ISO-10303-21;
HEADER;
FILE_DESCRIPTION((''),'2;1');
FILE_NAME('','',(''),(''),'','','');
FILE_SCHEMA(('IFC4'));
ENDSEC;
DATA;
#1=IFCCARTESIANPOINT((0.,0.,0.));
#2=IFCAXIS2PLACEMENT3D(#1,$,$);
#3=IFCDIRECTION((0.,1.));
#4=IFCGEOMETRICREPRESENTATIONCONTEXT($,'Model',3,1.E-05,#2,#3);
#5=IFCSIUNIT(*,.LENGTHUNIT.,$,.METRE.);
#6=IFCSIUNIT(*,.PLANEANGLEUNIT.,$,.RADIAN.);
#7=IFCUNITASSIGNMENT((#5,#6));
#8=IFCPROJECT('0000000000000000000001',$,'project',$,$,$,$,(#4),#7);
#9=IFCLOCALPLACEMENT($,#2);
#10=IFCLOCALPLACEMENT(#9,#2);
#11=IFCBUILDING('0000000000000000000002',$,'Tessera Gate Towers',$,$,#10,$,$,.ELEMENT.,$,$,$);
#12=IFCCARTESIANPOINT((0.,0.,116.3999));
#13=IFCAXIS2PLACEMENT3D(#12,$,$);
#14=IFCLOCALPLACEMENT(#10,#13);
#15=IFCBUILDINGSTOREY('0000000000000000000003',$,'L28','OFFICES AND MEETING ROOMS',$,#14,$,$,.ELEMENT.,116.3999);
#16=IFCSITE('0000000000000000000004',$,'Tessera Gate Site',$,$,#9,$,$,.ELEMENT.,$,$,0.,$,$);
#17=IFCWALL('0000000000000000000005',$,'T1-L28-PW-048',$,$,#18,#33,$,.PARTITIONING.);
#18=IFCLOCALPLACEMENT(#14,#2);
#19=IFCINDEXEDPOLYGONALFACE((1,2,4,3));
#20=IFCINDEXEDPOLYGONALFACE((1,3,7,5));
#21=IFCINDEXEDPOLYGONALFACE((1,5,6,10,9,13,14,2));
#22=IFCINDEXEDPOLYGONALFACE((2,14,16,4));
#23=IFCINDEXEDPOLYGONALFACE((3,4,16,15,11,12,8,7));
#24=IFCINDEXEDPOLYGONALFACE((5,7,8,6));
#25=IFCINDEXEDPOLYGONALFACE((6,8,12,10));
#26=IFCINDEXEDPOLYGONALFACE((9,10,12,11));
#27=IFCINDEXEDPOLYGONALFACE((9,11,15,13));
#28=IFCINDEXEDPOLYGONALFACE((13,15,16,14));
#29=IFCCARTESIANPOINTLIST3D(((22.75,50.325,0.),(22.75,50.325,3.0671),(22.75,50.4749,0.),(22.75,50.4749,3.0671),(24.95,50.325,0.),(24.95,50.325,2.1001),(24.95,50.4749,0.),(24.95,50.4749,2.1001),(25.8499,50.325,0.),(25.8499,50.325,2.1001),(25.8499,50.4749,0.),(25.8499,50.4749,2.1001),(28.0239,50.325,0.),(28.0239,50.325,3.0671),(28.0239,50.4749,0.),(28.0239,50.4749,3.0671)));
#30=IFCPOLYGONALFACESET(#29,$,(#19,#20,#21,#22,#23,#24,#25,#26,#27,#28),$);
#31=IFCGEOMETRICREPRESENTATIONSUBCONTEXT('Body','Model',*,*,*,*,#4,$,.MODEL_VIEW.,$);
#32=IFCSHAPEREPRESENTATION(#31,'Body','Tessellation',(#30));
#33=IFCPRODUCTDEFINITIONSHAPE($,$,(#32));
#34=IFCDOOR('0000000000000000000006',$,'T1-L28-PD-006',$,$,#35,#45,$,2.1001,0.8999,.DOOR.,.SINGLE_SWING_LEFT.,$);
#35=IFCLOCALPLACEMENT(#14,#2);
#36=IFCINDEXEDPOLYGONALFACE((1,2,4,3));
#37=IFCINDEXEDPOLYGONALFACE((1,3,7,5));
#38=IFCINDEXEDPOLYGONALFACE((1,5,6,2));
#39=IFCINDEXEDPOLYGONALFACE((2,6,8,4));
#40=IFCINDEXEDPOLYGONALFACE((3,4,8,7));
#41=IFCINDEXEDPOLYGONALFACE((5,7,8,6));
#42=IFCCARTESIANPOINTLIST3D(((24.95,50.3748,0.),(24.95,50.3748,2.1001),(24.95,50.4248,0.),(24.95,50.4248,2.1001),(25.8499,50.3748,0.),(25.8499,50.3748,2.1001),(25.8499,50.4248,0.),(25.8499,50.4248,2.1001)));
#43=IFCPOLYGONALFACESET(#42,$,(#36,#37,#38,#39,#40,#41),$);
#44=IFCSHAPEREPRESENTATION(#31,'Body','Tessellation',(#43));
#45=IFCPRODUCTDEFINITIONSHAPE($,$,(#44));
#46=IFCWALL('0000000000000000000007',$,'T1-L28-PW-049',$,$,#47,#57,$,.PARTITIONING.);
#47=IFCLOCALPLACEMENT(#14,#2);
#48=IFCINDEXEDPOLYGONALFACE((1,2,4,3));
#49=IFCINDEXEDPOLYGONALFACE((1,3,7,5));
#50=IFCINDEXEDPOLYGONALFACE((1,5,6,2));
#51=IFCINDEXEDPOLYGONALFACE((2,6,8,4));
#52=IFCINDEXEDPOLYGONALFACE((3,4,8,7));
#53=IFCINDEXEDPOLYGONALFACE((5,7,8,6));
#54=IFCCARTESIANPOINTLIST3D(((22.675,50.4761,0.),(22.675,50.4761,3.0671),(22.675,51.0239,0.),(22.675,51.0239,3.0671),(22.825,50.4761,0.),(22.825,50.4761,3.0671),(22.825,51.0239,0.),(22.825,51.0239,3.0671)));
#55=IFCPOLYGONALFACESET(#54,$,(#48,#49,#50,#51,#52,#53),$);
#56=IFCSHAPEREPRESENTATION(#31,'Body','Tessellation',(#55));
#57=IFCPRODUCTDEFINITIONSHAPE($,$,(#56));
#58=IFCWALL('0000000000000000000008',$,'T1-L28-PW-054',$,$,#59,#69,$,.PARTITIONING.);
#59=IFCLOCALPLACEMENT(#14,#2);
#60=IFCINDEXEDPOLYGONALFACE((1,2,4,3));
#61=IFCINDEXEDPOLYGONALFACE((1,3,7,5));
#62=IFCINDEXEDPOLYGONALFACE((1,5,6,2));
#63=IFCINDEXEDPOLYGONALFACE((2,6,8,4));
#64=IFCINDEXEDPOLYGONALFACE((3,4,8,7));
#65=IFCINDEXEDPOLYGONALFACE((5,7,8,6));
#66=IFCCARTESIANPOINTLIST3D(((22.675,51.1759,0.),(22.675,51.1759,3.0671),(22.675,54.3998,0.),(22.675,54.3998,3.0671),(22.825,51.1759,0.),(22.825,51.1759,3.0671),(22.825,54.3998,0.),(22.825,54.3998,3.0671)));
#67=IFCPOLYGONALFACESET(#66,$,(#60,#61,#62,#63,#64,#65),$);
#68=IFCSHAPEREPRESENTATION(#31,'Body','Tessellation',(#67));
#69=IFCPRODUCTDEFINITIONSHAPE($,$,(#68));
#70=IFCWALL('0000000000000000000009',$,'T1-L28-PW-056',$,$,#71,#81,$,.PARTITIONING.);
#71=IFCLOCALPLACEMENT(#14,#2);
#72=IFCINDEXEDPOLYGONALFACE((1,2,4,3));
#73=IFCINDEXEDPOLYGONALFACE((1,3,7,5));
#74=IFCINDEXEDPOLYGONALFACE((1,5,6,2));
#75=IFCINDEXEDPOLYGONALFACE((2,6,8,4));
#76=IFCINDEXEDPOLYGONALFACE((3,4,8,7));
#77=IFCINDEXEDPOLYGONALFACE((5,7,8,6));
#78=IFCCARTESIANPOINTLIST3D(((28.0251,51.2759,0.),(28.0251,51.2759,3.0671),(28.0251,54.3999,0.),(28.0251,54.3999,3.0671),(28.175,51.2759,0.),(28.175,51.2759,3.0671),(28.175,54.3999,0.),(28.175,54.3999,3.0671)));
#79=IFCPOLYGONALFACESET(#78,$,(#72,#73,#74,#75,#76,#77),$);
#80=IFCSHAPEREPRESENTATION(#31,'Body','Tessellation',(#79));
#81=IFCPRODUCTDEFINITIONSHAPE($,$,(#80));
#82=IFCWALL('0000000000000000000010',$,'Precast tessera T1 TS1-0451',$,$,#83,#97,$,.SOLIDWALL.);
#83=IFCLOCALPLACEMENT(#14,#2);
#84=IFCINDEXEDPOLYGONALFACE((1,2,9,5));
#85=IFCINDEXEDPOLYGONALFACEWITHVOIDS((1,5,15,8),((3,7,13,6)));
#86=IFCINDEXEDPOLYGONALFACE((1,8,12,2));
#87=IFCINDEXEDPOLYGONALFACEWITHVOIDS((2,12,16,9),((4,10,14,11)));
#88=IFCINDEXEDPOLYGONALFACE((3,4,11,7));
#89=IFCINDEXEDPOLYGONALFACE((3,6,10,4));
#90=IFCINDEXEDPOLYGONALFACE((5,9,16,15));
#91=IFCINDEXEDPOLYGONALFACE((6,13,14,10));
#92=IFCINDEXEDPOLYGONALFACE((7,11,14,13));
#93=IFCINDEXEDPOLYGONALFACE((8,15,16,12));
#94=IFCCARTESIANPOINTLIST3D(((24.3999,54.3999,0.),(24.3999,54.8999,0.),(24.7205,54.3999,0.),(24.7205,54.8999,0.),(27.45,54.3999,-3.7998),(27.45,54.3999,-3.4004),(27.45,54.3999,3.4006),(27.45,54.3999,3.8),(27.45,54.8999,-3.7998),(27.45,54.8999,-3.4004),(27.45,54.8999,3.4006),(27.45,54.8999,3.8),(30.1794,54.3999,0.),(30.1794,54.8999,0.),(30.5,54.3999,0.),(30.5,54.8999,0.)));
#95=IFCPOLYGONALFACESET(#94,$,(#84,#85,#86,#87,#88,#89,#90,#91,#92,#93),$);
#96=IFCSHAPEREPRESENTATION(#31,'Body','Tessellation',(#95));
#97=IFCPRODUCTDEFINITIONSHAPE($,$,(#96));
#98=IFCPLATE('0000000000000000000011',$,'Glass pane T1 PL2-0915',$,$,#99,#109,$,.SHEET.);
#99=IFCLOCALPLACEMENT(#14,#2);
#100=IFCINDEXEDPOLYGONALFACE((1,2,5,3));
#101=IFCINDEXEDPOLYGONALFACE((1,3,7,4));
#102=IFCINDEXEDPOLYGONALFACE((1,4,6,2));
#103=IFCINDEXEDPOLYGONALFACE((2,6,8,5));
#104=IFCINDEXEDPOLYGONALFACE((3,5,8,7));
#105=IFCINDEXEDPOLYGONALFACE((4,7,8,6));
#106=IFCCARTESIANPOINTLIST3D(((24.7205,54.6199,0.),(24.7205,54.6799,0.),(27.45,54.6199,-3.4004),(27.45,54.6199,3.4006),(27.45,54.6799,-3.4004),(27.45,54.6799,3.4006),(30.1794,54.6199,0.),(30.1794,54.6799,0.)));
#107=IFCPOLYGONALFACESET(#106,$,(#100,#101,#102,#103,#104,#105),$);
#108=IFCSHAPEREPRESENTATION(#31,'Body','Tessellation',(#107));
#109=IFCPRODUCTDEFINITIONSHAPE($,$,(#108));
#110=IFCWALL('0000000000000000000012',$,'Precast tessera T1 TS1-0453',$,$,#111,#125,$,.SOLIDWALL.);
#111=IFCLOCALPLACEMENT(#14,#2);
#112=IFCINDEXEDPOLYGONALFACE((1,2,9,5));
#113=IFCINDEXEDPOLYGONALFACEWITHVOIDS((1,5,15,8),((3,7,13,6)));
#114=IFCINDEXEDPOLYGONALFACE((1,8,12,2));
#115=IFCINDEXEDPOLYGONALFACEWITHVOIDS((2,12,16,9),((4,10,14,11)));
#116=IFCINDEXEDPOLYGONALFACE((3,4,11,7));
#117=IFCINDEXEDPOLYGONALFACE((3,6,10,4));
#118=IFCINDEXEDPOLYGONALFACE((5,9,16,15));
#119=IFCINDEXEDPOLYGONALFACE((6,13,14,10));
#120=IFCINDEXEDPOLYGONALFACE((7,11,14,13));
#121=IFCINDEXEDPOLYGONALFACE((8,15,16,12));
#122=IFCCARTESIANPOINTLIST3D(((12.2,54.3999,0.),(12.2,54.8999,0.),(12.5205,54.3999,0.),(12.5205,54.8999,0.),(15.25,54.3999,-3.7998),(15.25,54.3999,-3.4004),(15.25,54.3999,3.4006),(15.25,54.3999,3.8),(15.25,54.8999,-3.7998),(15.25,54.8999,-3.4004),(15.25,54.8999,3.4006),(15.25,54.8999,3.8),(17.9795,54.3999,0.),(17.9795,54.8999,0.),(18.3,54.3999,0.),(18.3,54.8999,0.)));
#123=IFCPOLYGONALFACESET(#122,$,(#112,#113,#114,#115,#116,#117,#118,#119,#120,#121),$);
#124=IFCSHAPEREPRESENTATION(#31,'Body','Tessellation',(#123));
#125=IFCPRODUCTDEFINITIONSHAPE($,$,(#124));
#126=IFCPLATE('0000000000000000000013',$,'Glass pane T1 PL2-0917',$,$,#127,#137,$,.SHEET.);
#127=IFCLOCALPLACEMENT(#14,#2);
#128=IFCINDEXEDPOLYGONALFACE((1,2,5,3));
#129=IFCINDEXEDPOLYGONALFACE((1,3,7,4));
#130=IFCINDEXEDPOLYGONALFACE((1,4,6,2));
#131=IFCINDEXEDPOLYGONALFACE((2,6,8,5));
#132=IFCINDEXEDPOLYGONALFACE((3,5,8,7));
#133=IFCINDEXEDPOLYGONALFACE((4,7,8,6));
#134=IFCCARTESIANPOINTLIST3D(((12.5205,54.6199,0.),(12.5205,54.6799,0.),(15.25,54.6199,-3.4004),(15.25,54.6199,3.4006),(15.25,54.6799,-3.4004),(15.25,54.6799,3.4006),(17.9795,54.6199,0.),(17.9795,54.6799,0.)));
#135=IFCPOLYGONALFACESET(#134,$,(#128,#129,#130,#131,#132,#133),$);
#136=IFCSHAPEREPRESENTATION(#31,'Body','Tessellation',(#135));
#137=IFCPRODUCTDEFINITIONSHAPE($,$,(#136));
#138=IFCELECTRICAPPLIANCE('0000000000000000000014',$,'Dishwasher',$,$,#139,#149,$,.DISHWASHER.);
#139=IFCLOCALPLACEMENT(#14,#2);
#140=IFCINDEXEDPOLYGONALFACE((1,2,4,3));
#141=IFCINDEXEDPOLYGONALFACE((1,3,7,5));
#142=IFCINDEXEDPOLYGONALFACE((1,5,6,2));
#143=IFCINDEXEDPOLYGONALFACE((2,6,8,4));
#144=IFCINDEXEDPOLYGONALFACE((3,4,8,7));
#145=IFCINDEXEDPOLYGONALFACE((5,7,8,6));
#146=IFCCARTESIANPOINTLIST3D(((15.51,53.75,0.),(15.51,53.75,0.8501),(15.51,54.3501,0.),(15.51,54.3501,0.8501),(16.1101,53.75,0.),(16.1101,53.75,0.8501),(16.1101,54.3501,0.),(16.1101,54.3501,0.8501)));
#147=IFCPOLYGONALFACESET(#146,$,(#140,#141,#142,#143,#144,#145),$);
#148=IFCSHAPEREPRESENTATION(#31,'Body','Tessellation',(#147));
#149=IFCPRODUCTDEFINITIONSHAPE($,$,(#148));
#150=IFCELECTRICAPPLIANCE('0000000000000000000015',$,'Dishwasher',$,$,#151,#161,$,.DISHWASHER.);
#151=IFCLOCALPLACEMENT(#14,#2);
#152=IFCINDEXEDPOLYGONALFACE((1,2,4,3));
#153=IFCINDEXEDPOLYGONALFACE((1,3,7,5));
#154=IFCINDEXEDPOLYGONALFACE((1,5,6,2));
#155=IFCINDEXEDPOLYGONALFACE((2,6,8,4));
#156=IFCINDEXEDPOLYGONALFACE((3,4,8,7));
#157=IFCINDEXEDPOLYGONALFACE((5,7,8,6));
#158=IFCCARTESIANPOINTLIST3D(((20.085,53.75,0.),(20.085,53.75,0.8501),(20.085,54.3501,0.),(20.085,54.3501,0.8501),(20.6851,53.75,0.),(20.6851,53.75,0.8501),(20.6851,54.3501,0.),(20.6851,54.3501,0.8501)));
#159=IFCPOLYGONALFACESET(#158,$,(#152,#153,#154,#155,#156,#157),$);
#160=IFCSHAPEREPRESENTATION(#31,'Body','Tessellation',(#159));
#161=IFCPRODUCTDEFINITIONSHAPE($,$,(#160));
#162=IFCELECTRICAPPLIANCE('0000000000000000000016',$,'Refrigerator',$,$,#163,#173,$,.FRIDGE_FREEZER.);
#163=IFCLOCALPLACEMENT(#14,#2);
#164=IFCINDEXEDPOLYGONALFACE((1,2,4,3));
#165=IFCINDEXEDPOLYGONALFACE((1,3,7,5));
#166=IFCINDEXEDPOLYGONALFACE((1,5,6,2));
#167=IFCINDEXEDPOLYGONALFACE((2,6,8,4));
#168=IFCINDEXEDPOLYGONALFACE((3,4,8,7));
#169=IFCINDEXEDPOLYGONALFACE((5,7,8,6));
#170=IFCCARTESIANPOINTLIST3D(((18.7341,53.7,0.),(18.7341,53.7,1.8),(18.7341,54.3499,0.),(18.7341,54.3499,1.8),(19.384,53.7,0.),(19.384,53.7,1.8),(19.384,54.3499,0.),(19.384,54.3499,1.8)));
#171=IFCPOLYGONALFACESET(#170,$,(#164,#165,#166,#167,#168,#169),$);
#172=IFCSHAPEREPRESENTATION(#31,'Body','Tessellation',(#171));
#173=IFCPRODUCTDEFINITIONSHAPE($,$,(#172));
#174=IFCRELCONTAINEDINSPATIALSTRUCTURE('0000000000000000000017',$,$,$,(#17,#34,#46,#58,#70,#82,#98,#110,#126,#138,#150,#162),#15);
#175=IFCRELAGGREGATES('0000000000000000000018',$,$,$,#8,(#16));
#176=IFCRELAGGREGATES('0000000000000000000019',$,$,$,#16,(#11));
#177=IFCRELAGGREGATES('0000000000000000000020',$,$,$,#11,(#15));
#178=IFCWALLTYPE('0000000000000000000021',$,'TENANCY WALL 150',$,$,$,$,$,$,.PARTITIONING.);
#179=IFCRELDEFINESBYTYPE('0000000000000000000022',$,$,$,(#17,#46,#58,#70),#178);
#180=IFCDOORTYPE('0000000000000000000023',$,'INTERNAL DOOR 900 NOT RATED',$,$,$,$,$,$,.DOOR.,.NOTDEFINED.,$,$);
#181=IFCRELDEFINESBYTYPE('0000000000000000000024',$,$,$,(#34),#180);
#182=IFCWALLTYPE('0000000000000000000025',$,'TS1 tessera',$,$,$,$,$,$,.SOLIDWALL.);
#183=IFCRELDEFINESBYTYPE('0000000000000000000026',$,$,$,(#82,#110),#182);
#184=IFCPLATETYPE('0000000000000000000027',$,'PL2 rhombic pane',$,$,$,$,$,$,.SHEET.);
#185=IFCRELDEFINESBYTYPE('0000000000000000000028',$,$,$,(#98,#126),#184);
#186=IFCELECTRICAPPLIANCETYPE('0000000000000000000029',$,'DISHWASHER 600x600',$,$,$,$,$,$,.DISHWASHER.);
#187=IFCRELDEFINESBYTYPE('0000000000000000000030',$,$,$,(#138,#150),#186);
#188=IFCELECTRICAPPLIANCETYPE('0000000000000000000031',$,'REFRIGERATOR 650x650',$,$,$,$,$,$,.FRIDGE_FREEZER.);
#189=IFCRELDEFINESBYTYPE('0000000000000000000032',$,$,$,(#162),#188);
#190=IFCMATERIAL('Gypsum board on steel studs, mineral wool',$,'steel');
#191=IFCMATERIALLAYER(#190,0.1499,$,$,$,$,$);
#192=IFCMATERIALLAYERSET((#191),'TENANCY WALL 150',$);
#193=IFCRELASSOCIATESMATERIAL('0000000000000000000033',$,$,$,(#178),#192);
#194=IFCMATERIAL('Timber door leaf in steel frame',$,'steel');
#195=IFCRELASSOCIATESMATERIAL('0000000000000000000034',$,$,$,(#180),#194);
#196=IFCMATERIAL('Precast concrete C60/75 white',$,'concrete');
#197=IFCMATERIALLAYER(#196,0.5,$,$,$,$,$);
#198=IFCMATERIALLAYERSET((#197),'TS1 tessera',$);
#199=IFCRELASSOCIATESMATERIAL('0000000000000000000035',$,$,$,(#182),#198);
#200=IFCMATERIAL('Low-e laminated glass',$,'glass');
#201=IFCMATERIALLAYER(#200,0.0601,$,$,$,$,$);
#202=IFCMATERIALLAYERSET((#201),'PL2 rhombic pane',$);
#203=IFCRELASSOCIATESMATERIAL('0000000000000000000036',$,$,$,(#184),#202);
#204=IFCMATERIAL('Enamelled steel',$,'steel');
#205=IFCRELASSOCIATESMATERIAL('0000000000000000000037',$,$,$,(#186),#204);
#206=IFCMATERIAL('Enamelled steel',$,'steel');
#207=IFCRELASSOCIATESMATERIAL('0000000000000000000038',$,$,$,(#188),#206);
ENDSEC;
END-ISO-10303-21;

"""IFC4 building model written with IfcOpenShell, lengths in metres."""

from ifc_helpers import new_model, si_unit, direction, frame, frame_2d, origin, origin_2d, place, context, subcontext, project, spatial, polyline, rectangle, outline, extrude, source, transform, mapped, material, layer, layer_set, type_object, element, fill, save


model = new_model("IFC4")

# Units and contexts
model_context = context("Model", 3, precision=1e-05, world=origin(), true_north=direction((0.0, 1.0)))
body_context = subcontext(model_context, "Body", "Model", "MODEL_VIEW")
ifc_project = project(units=[si_unit("LENGTHUNIT", "METRE"), si_unit("PLANEANGLEUNIT", "RADIAN")], contexts=[model_context])

# Site, building, storey
site_placement = place(None, origin())
site = spatial("IfcSite", under=ifc_project, at=site_placement, Name="Tessera Gate Site", CompositionType="ELEMENT", RefElevation=0.0)
building_placement = place(site_placement, origin())
building = spatial("IfcBuilding", under=site, at=building_placement, Name="Tessera Gate Towers", CompositionType="ELEMENT")
storey_placement = place(building_placement, frame((0.0, 0.0, 116.3999)))
storey = spatial("IfcBuildingStorey", under=building, at=storey_placement, Name="L28", Description="OFFICES AND MEETING ROOMS", CompositionType="ELEMENT", Elevation=116.3999)

# Shared definitions
shared_shape_1 = source(origin(), body_context, "Body", "SweptSolid", [
    extrude(rectangle(XDim=0.8999, YDim=2.1001, at=frame_2d((0.45, 1.05))), frame((0.0, 0.085, 0.0), z_axis=(0.0, -1.0, 0.0), x_axis=(1.0, 0.0, 0.0)), (0.0, 0.0, 1.0), 0.1699),
])
shared_shape_2 = source(origin(), body_context, "Body", "SweptSolid", [
    extrude(rectangle(XDim=0.8999, YDim=2.1001, at=frame_2d((0.45, 1.05))), frame((0.0, 0.0249, 0.0), z_axis=(0.0, -1.0, 0.0), x_axis=(1.0, 0.0, 0.0)), (0.0, 0.0, 1.0), 0.05),
])

# Wall, opening, door
ifc_material_1 = material(Name="Gypsum board on steel studs, mineral wool", Category="steel")
ifc_layer_1 = layer(ifc_material_1, 0.1499)
ifc_layer_set_1 = layer_set([ifc_layer_1], Name="TENANCY WALL 150")
wall_type_1 = type_object("IfcWallType", Name="TENANCY WALL 150", PredefinedType="PARTITIONING", material=ifc_layer_set_1)
wall_1_placement = place(storey_placement, frame((22.75, 50.3999, 0.0), z_axis=(0.0, 0.0, 1.0), x_axis=(1.0, 0.0, 0.0)))
wall_1 = element("IfcWall", 1, at=wall_1_placement, inside=storey, type_object=wall_type_1, Name="T1-L28-PW-048", PredefinedType="PARTITIONING", context=body_context, shape_type="SweptSolid", body=[
    extrude(rectangle(XDim=5.2739, YDim=0.1499, at=frame_2d((2.637, 0.0))), origin(), (0.0, 0.0, 1.0), 3.0671),
])
opening_1_placement = place(wall_1_placement, frame((2.2, 0.0, 0.0)))
opening_1 = element("IfcOpeningElement", 2, at=opening_1_placement, cuts=wall_1, PredefinedType="OPENING", context=body_context, shape_type="MappedRepresentation", body=[
    mapped(shared_shape_1, transform((0.0, 0.0, 0.0), scale=1.0)),
])
ifc_material_2 = material(Name="Timber door leaf in steel frame", Category="steel")
door_type_1 = type_object("IfcDoorType", Name="INTERNAL DOOR 900 NOT RATED", OperationType="NOTDEFINED", PredefinedType="DOOR", material=ifc_material_2)
door_1_placement = place(opening_1_placement, origin())
door_1 = element("IfcDoor", 3, at=door_1_placement, inside=storey, type_object=door_type_1, Name="T1-L28-PD-006", OperationType="SINGLE_SWING_LEFT", OverallHeight=2.1001, OverallWidth=0.8999, PredefinedType="DOOR", context=body_context, shape_type="MappedRepresentation", body=[
    mapped(shared_shape_2, transform((0.0, 0.0, 0.0), scale=1.0)),
])
fill(opening_1, door_1)

# Walls
wall_2_placement = place(storey_placement, frame((22.75, 50.4761, 0.0), z_axis=(0.0, 0.0, 1.0), x_axis=(0.0, 1.0, 0.0)))
element("IfcWall", 4, at=wall_2_placement, inside=storey, type_object=wall_type_1, Name="T1-L28-PW-049", PredefinedType="PARTITIONING", context=body_context, shape_type="SweptSolid", body=[
    extrude(rectangle(XDim=0.5479, YDim=0.1499, at=frame_2d((0.2739, 0.0))), origin(), (0.0, 0.0, 1.0), 3.0671),
])
wall_3_placement = place(storey_placement, frame((22.75, 51.176, 0.0), z_axis=(0.0, 0.0, 1.0), x_axis=(0.0, 1.0, 0.0)))
element("IfcWall", 5, at=wall_3_placement, inside=storey, type_object=wall_type_1, Name="T1-L28-PW-054", PredefinedType="PARTITIONING", context=body_context, shape_type="SweptSolid", body=[
    extrude(rectangle(XDim=3.2239, YDim=0.1499, at=frame_2d((1.6118, 0.0))), origin(), (0.0, 0.0, 1.0), 3.0671),
])
wall_4_placement = place(storey_placement, frame((28.1001, 51.2759, 0.0), z_axis=(0.0, 0.0, 1.0), x_axis=(0.0, 1.0, 0.0)))
element("IfcWall", 6, at=wall_4_placement, inside=storey, type_object=wall_type_1, Name="T1-L28-PW-056", PredefinedType="PARTITIONING", context=body_context, shape_type="SweptSolid", body=[
    extrude(rectangle(XDim=3.124, YDim=0.1499, at=frame_2d((1.562, 0.0))), origin(), (0.0, 0.0, 1.0), 3.0671),
])

# Walls, openings, plates
ifc_material_3 = material(Name="Precast concrete C60/75 white", Category="concrete")
ifc_layer_2 = layer(ifc_material_3, 0.5)
ifc_layer_set_2 = layer_set([ifc_layer_2], Name="TS1 tessera")
wall_type_2 = type_object("IfcWallType", Name="TS1 tessera", PredefinedType="SOLIDWALL", material=ifc_layer_set_2)
shared_shape_3 = source(origin(), body_context, "Body", "SweptSolid", [
    extrude(outline(polyline([(3.05, 0.0), (6.1001, 3.7998), (3.05, 7.5999), (0.0, 3.7998), (3.05, 0.0)])), frame((0.0, 0.25, 0.0), z_axis=(0.0, -1.0, 0.0), x_axis=(1.0, 0.0, 0.0)), (0.0, 0.0, 1.0), 0.5),
])
wall_5_placement = place(storey_placement, frame((30.5, 54.6499, -3.7998), z_axis=(0.0, 0.0, 1.0), x_axis=(-1.0, 0.0, 0.0)))
wall_5 = element("IfcWall", 7, at=wall_5_placement, inside=storey, type_object=wall_type_2, Name="Precast tessera T1 TS1-0451", PredefinedType="SOLIDWALL", context=body_context, shape_type="MappedRepresentation", body=[
    mapped(shared_shape_3, transform((0.0, 0.0, 0.0), scale=1.0)),
])
shared_shape_4 = source(origin(), body_context, "Body", "SweptSolid", [
    extrude(outline(polyline([(3.05, 0.3994), (5.7795, 3.7998), (3.05, 7.2004), (0.3206, 3.7998), (3.05, 0.3994)])), frame((0.0, 0.26, 0.0), z_axis=(0.0, -1.0, 0.0), x_axis=(1.0, 0.0, 0.0)), (0.0, 0.0, 1.0), 0.52),
])
opening_2_placement = place(wall_5_placement, origin())
opening_2 = element("IfcOpeningElement", 8, at=opening_2_placement, cuts=wall_5, PredefinedType="OPENING", context=body_context, shape_type="MappedRepresentation", body=[
    mapped(shared_shape_4, transform((0.0, 0.0, 0.0), scale=1.0)),
])
ifc_material_4 = material(Name="Low-e laminated glass", Category="glass")
ifc_layer_3 = layer(ifc_material_4, 0.0601)
ifc_layer_set_3 = layer_set([ifc_layer_3], Name="PL2 rhombic pane")
plate_type = type_object("IfcPlateType", Name="PL2 rhombic pane", PredefinedType="SHEET", material=ifc_layer_set_3)
shared_shape_5 = source(origin(), body_context, "Body", "SweptSolid", [
    extrude(outline(polyline([(3.05, 0.3994), (5.7795, 3.7998), (3.05, 7.2004), (0.3206, 3.7998), (3.05, 0.3994)])), frame((0.0, 0.03, 0.0), z_axis=(0.0, -1.0, 0.0), x_axis=(1.0, 0.0, 0.0)), (0.0, 0.0, 1.0), 0.0601),
])
plate_1_placement = place(opening_2_placement, origin())
plate_1 = element("IfcPlate", 9, at=plate_1_placement, inside=storey, type_object=plate_type, Name="Glass pane T1 PL2-0915", PredefinedType="SHEET", context=body_context, shape_type="MappedRepresentation", body=[
    mapped(shared_shape_5, transform((0.0, 0.0, 0.0), scale=1.0)),
])
fill(opening_2, plate_1)
wall_6_placement = place(storey_placement, frame((18.3, 54.6499, -3.7998), z_axis=(0.0, 0.0, 1.0), x_axis=(-1.0, 0.0, 0.0)))
wall_6 = element("IfcWall", 10, at=wall_6_placement, inside=storey, type_object=wall_type_2, Name="Precast tessera T1 TS1-0453", PredefinedType="SOLIDWALL", context=body_context, shape_type="MappedRepresentation", body=[
    mapped(shared_shape_3, transform((0.0, 0.0, 0.0), scale=1.0)),
])
opening_3_placement = place(wall_6_placement, origin())
opening_3 = element("IfcOpeningElement", 11, at=opening_3_placement, cuts=wall_6, PredefinedType="OPENING", context=body_context, shape_type="MappedRepresentation", body=[
    mapped(shared_shape_4, transform((0.0, 0.0, 0.0), scale=1.0)),
])
plate_2_placement = place(opening_3_placement, origin())
plate_2 = element("IfcPlate", 12, at=plate_2_placement, inside=storey, type_object=plate_type, Name="Glass pane T1 PL2-0917", PredefinedType="SHEET", context=body_context, shape_type="MappedRepresentation", body=[
    mapped(shared_shape_5, transform((0.0, 0.0, 0.0), scale=1.0)),
])
fill(opening_3, plate_2)

# Electric appliances
ifc_material_5 = material(Name="Enamelled steel", Category="steel")
electric_appliance_type_1 = type_object("IfcElectricApplianceType", Name="DISHWASHER 600x600", PredefinedType="DISHWASHER", material=ifc_material_5)
for number, where, z_axis, x_axis, name in (
    (13, (15.8101, 54.05, 0.0), (0.0, 0.0, 1.0), (1.0, 0.0, 0.0), "Dishwasher"),
    (14, (20.385, 54.05, 0.0), (0.0, 0.0, 1.0), (1.0, 0.0, 0.0), "Dishwasher"),
):
    element("IfcElectricAppliance", number, at=place(storey_placement, frame(where, z_axis=z_axis, x_axis=x_axis)), inside=storey, type_object=electric_appliance_type_1, Name=name, PredefinedType="DISHWASHER", context=body_context, shape_type="SweptSolid", body=[
        extrude(rectangle(XDim=0.6001, YDim=0.6001, at=origin_2d()), origin(), (0.0, 0.0, 1.0), 0.8501),
    ])
ifc_material_6 = material(Name="Enamelled steel", Category="steel")
electric_appliance_type_2 = type_object("IfcElectricApplianceType", Name="REFRIGERATOR 650x650", PredefinedType="FRIDGE_FREEZER", material=ifc_material_6)
electric_appliance_placement = place(storey_placement, frame((19.0591, 54.0249, 0.0), z_axis=(0.0, 0.0, 1.0), x_axis=(1.0, 0.0, 0.0)))
element("IfcElectricAppliance", 15, at=electric_appliance_placement, inside=storey, type_object=electric_appliance_type_2, Name="Refrigerator", PredefinedType="FRIDGE_FREEZER", context=body_context, shape_type="SweptSolid", body=[
    extrude(rectangle(XDim=0.6499, YDim=0.6499, at=origin_2d()), origin(), (0.0, 0.0, 1.0), 1.8),
])

save(model, "model.ifc")
